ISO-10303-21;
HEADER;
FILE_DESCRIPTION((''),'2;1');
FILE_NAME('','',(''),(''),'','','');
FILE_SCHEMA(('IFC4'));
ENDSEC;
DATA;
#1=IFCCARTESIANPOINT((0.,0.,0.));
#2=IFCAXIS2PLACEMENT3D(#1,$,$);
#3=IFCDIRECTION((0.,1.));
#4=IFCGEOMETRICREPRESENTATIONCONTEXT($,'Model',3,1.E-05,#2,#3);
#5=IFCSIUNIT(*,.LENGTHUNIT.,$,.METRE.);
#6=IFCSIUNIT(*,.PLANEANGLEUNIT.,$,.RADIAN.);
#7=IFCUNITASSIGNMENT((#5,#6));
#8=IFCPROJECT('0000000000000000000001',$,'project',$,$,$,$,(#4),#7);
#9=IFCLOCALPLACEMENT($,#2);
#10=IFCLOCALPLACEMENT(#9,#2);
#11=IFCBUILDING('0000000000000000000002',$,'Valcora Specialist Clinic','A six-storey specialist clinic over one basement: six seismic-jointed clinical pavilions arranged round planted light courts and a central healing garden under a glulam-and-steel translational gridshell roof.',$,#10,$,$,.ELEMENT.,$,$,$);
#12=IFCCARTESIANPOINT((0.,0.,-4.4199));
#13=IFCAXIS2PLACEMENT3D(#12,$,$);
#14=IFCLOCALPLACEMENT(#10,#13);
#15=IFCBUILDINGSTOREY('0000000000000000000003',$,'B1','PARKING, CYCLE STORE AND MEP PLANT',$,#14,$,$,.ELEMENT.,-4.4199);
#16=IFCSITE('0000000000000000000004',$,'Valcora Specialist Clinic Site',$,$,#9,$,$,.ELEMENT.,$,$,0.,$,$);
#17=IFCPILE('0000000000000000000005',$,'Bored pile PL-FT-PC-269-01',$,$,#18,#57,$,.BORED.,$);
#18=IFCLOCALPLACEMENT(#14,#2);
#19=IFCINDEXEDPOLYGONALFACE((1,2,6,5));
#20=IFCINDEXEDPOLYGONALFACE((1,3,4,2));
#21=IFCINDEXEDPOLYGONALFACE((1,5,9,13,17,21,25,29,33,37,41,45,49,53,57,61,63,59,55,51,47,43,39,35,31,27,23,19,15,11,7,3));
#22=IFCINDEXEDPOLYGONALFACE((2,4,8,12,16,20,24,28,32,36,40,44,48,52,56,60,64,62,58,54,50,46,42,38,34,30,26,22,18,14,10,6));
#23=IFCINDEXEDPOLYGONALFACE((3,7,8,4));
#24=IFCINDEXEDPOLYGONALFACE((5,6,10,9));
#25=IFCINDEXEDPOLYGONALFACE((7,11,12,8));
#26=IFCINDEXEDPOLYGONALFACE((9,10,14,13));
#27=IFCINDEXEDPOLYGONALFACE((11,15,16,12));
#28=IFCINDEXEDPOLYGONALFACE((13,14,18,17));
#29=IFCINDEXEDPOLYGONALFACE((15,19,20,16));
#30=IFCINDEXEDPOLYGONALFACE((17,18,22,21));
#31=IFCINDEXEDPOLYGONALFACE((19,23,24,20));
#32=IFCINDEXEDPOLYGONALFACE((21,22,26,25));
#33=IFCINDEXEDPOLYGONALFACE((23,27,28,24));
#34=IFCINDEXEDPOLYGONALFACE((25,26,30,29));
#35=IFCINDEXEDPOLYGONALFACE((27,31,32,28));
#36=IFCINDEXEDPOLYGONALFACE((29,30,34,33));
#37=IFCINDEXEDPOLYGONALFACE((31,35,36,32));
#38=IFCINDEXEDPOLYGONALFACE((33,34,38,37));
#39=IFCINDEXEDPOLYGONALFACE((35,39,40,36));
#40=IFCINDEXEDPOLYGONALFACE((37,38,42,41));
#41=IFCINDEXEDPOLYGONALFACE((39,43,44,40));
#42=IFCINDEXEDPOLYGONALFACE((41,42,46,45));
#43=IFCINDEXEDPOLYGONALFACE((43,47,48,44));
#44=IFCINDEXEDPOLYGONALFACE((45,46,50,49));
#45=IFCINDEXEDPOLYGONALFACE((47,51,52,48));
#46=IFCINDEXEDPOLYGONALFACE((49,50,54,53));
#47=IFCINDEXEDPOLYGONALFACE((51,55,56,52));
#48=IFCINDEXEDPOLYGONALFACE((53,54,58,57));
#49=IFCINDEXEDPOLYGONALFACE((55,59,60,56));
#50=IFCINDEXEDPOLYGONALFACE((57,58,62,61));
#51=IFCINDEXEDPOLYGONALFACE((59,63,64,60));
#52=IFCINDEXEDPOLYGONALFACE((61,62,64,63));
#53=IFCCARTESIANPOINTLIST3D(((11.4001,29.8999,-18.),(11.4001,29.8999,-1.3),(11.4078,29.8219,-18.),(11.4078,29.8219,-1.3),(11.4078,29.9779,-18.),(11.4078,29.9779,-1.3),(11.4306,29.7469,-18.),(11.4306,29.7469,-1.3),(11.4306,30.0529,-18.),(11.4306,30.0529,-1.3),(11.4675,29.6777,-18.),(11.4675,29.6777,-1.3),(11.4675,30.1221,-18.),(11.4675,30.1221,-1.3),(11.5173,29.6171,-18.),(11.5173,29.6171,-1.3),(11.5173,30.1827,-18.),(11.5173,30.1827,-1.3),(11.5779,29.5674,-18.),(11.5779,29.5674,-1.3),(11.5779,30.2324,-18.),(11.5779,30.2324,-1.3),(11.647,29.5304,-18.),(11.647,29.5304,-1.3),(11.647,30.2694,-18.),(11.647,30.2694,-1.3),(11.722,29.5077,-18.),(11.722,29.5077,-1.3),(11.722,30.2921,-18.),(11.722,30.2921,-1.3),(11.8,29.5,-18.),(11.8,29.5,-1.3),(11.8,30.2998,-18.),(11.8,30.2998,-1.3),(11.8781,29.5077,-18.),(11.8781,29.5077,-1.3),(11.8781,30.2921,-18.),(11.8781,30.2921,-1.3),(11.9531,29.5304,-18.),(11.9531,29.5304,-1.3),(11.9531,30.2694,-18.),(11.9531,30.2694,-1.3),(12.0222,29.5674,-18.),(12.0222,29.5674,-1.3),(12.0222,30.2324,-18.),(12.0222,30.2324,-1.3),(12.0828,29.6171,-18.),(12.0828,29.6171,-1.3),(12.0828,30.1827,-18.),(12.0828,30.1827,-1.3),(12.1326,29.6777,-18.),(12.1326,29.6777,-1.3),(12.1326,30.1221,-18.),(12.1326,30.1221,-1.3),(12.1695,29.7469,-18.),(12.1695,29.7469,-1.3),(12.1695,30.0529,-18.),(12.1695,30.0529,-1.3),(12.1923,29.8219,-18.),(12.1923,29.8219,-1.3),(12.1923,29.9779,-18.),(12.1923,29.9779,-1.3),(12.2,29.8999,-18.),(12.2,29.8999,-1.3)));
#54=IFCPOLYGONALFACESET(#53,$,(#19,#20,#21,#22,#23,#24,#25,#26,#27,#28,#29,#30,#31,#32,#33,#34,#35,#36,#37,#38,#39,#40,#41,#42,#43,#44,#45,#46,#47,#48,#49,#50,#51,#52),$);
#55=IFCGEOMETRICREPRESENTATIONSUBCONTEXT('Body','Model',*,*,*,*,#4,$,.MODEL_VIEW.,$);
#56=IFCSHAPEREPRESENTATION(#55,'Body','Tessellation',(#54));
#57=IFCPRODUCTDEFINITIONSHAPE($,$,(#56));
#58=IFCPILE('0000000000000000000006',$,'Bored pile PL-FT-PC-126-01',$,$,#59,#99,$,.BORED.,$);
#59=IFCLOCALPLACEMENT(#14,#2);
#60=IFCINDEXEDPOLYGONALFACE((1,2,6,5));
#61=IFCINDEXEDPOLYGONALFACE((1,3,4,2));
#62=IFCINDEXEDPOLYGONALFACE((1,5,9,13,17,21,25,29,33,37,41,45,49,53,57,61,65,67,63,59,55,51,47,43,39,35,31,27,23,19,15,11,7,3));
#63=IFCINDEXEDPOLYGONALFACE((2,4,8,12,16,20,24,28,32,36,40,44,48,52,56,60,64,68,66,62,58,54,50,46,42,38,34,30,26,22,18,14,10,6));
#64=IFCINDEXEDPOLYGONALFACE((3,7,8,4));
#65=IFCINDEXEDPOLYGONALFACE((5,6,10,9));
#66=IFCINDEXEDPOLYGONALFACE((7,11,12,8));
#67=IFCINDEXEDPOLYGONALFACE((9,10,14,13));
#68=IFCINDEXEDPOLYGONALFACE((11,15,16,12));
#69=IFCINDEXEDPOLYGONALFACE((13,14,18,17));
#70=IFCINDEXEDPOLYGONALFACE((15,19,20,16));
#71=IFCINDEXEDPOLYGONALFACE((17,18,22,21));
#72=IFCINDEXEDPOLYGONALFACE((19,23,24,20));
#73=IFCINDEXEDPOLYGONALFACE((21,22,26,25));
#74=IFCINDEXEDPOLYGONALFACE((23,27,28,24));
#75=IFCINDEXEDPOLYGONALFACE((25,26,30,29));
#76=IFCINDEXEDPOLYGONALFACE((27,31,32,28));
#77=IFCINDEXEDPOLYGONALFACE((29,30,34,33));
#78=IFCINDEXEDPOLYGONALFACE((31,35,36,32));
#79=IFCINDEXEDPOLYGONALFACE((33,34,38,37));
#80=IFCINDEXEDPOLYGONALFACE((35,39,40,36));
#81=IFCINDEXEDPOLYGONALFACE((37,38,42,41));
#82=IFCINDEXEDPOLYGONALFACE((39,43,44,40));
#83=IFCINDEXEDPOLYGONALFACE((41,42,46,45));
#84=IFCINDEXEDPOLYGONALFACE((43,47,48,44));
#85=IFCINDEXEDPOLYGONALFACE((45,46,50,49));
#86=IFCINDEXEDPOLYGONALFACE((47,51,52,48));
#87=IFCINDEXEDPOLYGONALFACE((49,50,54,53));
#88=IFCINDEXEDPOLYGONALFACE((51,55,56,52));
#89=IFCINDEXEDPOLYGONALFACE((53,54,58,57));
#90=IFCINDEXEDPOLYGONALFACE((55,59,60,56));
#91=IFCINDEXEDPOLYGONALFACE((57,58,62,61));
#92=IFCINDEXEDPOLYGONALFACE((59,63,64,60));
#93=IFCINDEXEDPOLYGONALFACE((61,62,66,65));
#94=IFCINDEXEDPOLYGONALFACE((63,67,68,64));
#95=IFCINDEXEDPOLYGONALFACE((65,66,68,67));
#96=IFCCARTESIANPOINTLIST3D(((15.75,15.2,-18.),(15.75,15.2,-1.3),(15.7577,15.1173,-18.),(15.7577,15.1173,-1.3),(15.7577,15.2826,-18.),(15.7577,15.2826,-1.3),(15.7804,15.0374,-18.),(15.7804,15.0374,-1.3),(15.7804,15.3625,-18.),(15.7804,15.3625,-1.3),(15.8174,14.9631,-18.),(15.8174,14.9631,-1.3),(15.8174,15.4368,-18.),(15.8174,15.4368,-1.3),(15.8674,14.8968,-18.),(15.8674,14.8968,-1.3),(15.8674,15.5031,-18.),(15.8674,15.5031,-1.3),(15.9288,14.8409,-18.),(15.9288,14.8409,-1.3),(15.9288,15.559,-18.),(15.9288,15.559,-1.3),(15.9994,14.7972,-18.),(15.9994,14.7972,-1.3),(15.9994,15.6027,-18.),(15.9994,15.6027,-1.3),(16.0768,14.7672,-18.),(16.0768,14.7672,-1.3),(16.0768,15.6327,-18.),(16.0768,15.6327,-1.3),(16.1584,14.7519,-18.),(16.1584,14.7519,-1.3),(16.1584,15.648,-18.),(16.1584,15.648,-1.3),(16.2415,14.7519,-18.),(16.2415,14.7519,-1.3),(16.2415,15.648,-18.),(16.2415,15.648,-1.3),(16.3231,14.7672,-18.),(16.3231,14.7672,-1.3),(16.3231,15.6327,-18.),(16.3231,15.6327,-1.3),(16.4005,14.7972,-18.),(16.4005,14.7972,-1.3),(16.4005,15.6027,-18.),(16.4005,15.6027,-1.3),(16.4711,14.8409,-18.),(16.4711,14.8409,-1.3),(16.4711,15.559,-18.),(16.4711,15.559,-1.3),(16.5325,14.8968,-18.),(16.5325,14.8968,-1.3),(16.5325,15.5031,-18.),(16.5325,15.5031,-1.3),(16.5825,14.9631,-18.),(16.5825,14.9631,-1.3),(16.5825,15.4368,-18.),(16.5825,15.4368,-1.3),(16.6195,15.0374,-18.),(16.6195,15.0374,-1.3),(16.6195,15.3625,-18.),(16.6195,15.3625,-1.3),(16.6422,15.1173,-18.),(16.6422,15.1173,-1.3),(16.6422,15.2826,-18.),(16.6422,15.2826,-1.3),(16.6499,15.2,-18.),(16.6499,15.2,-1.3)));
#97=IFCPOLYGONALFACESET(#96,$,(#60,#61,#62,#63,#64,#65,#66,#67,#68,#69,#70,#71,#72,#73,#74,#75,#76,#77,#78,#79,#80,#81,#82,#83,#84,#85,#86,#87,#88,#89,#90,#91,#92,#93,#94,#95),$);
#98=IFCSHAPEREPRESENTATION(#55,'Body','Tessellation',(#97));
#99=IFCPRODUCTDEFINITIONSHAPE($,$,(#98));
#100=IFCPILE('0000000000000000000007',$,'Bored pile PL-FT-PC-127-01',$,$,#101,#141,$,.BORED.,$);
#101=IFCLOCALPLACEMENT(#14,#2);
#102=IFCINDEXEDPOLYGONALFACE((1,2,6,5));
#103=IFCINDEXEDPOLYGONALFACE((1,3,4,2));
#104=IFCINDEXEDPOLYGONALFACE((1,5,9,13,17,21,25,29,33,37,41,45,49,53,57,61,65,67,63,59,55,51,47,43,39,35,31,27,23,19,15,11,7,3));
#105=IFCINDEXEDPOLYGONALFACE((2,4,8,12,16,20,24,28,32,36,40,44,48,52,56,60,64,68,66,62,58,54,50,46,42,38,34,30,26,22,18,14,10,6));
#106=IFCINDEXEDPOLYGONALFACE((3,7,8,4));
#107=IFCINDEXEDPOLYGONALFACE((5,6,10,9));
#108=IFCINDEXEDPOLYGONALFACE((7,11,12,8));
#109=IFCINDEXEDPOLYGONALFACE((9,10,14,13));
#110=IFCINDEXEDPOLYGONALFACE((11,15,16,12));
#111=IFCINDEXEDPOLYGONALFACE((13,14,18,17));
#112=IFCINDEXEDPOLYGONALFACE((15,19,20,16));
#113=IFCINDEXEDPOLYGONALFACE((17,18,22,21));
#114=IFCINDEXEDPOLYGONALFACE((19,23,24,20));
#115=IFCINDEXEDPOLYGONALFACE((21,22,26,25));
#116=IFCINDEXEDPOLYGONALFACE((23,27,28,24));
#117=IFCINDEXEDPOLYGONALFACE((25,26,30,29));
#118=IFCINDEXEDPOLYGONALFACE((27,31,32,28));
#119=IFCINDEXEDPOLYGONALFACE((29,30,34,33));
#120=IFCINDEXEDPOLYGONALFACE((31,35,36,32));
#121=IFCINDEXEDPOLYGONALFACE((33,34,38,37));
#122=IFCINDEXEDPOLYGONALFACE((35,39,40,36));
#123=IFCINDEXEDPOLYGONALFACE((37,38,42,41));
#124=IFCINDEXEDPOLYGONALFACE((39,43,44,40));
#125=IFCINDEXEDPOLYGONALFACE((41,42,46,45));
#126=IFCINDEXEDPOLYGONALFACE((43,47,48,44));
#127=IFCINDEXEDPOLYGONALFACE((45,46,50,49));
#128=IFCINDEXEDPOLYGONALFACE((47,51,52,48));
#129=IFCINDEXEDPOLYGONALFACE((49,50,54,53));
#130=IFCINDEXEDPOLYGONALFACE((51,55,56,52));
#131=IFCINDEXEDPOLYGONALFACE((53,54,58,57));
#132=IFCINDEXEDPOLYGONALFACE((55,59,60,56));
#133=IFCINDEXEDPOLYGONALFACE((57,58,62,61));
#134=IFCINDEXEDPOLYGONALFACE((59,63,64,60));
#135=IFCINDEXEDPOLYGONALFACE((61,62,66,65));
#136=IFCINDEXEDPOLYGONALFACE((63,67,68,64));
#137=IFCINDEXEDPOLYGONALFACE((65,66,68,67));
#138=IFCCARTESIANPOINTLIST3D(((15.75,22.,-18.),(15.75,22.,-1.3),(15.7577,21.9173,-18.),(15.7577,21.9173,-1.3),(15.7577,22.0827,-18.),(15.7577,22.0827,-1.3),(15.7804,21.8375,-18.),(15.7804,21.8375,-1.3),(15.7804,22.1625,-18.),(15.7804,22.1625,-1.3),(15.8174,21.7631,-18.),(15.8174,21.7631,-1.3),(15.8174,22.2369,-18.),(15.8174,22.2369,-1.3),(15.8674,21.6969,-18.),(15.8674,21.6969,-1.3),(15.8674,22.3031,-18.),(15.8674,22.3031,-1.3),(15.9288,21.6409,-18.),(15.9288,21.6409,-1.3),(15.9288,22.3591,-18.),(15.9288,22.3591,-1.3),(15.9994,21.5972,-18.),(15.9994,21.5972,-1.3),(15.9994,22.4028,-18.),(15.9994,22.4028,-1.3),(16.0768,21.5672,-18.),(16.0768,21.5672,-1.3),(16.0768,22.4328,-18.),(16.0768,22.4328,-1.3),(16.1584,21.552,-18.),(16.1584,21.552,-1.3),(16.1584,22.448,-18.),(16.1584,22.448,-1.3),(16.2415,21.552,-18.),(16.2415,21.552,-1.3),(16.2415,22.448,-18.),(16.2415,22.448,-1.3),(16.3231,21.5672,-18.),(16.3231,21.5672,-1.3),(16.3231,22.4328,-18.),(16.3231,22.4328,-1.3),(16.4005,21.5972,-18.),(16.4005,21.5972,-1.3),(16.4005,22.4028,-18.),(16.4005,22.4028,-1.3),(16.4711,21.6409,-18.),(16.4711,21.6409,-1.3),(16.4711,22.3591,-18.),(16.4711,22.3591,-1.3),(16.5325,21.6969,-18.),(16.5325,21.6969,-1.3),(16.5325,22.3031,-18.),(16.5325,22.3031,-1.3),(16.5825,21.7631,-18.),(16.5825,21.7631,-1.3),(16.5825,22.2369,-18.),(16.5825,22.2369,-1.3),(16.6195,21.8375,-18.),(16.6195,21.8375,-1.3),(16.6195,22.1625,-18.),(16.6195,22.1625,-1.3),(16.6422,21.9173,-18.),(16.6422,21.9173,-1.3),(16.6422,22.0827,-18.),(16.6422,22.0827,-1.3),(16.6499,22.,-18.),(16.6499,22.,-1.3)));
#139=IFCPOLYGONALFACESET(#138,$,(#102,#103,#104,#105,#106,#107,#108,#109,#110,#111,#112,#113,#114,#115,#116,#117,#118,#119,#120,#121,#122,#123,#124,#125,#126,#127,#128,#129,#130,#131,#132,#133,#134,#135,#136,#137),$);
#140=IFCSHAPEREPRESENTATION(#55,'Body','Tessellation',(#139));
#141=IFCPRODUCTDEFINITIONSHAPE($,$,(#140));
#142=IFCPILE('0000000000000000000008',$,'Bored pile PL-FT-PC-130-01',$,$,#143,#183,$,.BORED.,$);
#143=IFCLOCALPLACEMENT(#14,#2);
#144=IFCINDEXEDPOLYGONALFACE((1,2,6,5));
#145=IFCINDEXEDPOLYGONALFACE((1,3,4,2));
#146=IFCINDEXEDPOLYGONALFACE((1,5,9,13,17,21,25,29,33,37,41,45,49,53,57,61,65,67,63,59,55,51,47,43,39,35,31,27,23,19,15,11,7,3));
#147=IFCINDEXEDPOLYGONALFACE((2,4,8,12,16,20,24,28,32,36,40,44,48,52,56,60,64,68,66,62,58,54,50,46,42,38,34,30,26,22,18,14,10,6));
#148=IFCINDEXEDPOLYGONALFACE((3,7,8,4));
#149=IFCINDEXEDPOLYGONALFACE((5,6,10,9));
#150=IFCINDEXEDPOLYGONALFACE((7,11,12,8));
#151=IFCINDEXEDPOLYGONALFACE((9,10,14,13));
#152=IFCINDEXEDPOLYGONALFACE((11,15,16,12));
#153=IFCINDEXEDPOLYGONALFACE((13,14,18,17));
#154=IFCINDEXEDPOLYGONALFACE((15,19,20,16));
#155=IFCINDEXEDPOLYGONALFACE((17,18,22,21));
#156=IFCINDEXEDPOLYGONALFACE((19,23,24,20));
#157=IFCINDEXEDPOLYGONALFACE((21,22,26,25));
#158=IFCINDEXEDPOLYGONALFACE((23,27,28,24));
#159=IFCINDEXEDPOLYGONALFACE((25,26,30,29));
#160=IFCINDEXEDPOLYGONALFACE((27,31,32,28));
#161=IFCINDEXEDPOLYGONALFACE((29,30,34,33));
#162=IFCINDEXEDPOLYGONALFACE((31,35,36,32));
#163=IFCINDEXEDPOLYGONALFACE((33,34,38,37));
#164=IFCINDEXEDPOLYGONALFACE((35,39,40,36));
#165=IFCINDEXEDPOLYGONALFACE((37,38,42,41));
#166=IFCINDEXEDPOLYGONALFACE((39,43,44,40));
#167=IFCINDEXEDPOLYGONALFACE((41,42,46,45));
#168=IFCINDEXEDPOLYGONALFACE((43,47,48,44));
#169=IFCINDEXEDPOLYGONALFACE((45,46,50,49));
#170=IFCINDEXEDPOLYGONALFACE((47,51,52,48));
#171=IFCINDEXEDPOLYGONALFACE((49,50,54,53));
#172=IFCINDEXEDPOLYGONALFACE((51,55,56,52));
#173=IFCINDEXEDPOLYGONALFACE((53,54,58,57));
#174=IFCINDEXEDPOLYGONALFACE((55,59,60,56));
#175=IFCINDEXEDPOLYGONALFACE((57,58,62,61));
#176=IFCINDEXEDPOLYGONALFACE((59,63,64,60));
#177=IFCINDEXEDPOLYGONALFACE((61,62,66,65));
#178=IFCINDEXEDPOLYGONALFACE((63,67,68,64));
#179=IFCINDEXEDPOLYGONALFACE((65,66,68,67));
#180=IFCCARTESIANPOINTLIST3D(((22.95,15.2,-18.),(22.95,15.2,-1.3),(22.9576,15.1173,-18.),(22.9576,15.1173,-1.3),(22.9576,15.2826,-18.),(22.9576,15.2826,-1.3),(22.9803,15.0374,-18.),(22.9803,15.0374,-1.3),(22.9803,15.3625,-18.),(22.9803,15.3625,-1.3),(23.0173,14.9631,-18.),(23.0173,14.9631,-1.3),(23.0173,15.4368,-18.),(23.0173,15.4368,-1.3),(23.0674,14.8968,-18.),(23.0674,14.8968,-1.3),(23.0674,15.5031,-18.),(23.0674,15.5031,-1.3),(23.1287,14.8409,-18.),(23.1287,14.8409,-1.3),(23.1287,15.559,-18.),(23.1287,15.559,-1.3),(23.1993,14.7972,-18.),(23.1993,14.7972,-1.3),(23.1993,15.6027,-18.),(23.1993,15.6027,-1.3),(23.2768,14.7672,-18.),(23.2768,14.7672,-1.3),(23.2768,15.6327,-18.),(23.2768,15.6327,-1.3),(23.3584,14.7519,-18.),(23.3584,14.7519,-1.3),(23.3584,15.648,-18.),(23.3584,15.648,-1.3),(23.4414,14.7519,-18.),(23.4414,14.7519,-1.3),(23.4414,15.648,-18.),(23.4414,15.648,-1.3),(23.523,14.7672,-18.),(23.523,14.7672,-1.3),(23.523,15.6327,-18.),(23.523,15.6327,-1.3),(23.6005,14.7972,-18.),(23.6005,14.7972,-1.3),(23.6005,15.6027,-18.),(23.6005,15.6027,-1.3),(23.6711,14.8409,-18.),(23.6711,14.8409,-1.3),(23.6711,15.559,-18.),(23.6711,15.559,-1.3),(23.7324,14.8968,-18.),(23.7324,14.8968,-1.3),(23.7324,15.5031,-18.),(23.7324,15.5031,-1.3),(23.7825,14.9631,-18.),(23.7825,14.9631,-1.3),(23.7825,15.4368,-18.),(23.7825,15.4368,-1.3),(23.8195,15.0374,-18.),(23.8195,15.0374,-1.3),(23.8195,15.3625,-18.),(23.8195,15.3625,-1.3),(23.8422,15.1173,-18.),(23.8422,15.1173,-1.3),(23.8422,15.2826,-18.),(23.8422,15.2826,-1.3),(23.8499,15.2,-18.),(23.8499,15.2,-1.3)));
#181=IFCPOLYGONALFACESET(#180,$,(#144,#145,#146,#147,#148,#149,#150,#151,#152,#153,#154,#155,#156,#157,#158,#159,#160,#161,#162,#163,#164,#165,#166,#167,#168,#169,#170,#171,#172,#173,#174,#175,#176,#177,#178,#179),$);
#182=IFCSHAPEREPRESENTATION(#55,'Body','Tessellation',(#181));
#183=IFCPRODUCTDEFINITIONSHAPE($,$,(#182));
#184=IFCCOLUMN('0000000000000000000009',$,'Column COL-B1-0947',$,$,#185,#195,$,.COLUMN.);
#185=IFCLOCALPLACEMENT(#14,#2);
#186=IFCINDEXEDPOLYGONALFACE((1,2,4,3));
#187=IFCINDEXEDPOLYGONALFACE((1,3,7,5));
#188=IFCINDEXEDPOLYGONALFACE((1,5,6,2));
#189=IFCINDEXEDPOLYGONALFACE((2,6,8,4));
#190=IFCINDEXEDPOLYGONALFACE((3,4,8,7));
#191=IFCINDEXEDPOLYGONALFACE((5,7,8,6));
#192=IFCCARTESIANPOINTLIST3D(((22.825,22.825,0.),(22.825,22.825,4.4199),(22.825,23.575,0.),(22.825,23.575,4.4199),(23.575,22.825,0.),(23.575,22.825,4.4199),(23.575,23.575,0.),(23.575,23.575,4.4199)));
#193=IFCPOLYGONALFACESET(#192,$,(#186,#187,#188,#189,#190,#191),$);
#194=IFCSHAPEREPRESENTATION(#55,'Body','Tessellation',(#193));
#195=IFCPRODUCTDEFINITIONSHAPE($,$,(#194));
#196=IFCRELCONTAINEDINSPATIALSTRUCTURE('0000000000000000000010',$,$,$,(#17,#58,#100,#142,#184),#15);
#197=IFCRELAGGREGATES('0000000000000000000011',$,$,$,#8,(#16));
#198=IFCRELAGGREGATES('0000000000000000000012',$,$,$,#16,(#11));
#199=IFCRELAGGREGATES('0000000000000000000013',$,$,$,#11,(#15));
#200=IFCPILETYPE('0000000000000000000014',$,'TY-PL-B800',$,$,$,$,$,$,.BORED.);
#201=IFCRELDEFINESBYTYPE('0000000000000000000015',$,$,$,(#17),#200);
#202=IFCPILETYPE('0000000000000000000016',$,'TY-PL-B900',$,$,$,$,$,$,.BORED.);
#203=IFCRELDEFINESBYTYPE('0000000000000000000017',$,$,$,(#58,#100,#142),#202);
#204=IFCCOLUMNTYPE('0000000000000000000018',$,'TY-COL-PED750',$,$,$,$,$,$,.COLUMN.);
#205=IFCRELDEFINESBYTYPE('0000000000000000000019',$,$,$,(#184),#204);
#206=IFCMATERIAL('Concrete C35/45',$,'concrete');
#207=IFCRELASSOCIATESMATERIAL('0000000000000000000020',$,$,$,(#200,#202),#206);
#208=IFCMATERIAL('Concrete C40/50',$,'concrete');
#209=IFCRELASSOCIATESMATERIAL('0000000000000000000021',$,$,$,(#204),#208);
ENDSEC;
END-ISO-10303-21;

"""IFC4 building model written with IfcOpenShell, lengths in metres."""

from ifc_helpers import new_model, si_unit, direction, frame, origin, origin_2d, place, context, subcontext, project, spatial, rectangle, circle, extrude, material, material_profile, profile_set, type_object, element, save


model = new_model("IFC4")

# Units and contexts
model_context = context("Model", 3, precision=1e-05, world=origin(), true_north=direction((0.0, 1.0)))
body_context = subcontext(model_context, "Body", "Model", "MODEL_VIEW")
ifc_project = project(units=[si_unit("LENGTHUNIT", "METRE"), si_unit("PLANEANGLEUNIT", "RADIAN")], contexts=[model_context])

# Site, building, storey
site_placement = place(None, origin())
site = spatial("IfcSite", under=ifc_project, at=site_placement, Name="Valcora Specialist Clinic Site", CompositionType="ELEMENT", RefElevation=0.0)
building_placement = place(site_placement, origin())
building = spatial("IfcBuilding", under=site, at=building_placement, Name="Valcora Specialist Clinic", Description="A six-storey specialist clinic over one basement: six seismic-jointed clinical pavilions arranged round planted light courts and a central healing garden under a glulam-and-steel translational gridshell roof.", CompositionType="ELEMENT")
storey_placement = place(building_placement, frame((0.0, 0.0, -4.4199)))
storey = spatial("IfcBuildingStorey", under=building, at=storey_placement, Name="B1", Description="PARKING, CYCLE STORE AND MEP PLANT", CompositionType="ELEMENT", Elevation=-4.4199)

# Shared definitions
ifc_material_1 = material(Name="Concrete C35/45", Category="concrete")

# Piles
ifc_material_profile_1 = material_profile(ifc_material_1, circle(Radius=0.3999, at=origin_2d()), Name="RC-PIL-D800")
ifc_profile_set_1 = profile_set([ifc_material_profile_1], Name="Concrete C35/45")
pile_type_1 = type_object("IfcPileType", Name="TY-PL-B800", PredefinedType="BORED", material=ifc_profile_set_1)
pile_placement = place(storey_placement, frame((11.8, 29.8999, -1.3), z_axis=(0.0, 0.0, -1.0), x_axis=(1.0, 0.0, 0.0)))
element("IfcPile", 1, at=pile_placement, inside=storey, type_object=pile_type_1, Name="Bored pile PL-FT-PC-269-01", PredefinedType="BORED", context=body_context, shape_type="SweptSolid", body=[
    extrude(circle(Radius=0.3999, at=origin_2d()), origin(), (0.0, 0.0, 1.0), 16.7),
])
ifc_material_profile_2 = material_profile(ifc_material_1, circle(Radius=0.45, at=origin_2d()), Name="RC-PIL-D900")
ifc_profile_set_2 = profile_set([ifc_material_profile_2], Name="Concrete C35/45")
pile_type_2 = type_object("IfcPileType", Name="TY-PL-B900", PredefinedType="BORED", material=ifc_profile_set_2)
for number, where, z_axis, x_axis, name in (
    (2, (16.2, 15.2, -1.3), (0.0, 0.0, -1.0), (1.0, 0.0, 0.0), "Bored pile PL-FT-PC-126-01"),
    (3, (16.2, 22.0, -1.3), (0.0, 0.0, -1.0), (1.0, 0.0, 0.0), "Bored pile PL-FT-PC-127-01"),
    (4, (23.3999, 15.2, -1.3), (0.0, 0.0, -1.0), (1.0, 0.0, 0.0), "Bored pile PL-FT-PC-130-01"),
):
    element("IfcPile", number, at=place(storey_placement, frame(where, z_axis=z_axis, x_axis=x_axis)), inside=storey, type_object=pile_type_2, Name=name, PredefinedType="BORED", context=body_context, shape_type="SweptSolid", body=[
        extrude(circle(Radius=0.45, at=origin_2d()), origin(), (0.0, 0.0, 1.0), 16.7),
    ])

# Column
ifc_material_2 = material(Name="Concrete C40/50", Category="concrete")
ifc_material_profile_3 = material_profile(ifc_material_2, rectangle(XDim=0.75, YDim=0.75, at=origin_2d()), Name="RC-PED-750X750")
ifc_profile_set_3 = profile_set([ifc_material_profile_3], Name="Concrete C40/50")
column_type_1 = type_object("IfcColumnType", Name="TY-COL-PED750", PredefinedType="COLUMN", material=ifc_profile_set_3)
column_placement = place(storey_placement, frame((23.2, 23.2, 0.0), z_axis=(0.0, 0.0, 1.0), x_axis=(1.0, 0.0, 0.0)))
element("IfcColumn", 5, at=column_placement, inside=storey, type_object=column_type_1, Name="Column COL-B1-0947", PredefinedType="COLUMN", context=body_context, shape_type="SweptSolid", body=[
    extrude(rectangle(XDim=0.75, YDim=0.75, at=origin_2d()), origin(), (0.0, 0.0, 1.0), 4.4199),
])

save(model, "model.ifc")
